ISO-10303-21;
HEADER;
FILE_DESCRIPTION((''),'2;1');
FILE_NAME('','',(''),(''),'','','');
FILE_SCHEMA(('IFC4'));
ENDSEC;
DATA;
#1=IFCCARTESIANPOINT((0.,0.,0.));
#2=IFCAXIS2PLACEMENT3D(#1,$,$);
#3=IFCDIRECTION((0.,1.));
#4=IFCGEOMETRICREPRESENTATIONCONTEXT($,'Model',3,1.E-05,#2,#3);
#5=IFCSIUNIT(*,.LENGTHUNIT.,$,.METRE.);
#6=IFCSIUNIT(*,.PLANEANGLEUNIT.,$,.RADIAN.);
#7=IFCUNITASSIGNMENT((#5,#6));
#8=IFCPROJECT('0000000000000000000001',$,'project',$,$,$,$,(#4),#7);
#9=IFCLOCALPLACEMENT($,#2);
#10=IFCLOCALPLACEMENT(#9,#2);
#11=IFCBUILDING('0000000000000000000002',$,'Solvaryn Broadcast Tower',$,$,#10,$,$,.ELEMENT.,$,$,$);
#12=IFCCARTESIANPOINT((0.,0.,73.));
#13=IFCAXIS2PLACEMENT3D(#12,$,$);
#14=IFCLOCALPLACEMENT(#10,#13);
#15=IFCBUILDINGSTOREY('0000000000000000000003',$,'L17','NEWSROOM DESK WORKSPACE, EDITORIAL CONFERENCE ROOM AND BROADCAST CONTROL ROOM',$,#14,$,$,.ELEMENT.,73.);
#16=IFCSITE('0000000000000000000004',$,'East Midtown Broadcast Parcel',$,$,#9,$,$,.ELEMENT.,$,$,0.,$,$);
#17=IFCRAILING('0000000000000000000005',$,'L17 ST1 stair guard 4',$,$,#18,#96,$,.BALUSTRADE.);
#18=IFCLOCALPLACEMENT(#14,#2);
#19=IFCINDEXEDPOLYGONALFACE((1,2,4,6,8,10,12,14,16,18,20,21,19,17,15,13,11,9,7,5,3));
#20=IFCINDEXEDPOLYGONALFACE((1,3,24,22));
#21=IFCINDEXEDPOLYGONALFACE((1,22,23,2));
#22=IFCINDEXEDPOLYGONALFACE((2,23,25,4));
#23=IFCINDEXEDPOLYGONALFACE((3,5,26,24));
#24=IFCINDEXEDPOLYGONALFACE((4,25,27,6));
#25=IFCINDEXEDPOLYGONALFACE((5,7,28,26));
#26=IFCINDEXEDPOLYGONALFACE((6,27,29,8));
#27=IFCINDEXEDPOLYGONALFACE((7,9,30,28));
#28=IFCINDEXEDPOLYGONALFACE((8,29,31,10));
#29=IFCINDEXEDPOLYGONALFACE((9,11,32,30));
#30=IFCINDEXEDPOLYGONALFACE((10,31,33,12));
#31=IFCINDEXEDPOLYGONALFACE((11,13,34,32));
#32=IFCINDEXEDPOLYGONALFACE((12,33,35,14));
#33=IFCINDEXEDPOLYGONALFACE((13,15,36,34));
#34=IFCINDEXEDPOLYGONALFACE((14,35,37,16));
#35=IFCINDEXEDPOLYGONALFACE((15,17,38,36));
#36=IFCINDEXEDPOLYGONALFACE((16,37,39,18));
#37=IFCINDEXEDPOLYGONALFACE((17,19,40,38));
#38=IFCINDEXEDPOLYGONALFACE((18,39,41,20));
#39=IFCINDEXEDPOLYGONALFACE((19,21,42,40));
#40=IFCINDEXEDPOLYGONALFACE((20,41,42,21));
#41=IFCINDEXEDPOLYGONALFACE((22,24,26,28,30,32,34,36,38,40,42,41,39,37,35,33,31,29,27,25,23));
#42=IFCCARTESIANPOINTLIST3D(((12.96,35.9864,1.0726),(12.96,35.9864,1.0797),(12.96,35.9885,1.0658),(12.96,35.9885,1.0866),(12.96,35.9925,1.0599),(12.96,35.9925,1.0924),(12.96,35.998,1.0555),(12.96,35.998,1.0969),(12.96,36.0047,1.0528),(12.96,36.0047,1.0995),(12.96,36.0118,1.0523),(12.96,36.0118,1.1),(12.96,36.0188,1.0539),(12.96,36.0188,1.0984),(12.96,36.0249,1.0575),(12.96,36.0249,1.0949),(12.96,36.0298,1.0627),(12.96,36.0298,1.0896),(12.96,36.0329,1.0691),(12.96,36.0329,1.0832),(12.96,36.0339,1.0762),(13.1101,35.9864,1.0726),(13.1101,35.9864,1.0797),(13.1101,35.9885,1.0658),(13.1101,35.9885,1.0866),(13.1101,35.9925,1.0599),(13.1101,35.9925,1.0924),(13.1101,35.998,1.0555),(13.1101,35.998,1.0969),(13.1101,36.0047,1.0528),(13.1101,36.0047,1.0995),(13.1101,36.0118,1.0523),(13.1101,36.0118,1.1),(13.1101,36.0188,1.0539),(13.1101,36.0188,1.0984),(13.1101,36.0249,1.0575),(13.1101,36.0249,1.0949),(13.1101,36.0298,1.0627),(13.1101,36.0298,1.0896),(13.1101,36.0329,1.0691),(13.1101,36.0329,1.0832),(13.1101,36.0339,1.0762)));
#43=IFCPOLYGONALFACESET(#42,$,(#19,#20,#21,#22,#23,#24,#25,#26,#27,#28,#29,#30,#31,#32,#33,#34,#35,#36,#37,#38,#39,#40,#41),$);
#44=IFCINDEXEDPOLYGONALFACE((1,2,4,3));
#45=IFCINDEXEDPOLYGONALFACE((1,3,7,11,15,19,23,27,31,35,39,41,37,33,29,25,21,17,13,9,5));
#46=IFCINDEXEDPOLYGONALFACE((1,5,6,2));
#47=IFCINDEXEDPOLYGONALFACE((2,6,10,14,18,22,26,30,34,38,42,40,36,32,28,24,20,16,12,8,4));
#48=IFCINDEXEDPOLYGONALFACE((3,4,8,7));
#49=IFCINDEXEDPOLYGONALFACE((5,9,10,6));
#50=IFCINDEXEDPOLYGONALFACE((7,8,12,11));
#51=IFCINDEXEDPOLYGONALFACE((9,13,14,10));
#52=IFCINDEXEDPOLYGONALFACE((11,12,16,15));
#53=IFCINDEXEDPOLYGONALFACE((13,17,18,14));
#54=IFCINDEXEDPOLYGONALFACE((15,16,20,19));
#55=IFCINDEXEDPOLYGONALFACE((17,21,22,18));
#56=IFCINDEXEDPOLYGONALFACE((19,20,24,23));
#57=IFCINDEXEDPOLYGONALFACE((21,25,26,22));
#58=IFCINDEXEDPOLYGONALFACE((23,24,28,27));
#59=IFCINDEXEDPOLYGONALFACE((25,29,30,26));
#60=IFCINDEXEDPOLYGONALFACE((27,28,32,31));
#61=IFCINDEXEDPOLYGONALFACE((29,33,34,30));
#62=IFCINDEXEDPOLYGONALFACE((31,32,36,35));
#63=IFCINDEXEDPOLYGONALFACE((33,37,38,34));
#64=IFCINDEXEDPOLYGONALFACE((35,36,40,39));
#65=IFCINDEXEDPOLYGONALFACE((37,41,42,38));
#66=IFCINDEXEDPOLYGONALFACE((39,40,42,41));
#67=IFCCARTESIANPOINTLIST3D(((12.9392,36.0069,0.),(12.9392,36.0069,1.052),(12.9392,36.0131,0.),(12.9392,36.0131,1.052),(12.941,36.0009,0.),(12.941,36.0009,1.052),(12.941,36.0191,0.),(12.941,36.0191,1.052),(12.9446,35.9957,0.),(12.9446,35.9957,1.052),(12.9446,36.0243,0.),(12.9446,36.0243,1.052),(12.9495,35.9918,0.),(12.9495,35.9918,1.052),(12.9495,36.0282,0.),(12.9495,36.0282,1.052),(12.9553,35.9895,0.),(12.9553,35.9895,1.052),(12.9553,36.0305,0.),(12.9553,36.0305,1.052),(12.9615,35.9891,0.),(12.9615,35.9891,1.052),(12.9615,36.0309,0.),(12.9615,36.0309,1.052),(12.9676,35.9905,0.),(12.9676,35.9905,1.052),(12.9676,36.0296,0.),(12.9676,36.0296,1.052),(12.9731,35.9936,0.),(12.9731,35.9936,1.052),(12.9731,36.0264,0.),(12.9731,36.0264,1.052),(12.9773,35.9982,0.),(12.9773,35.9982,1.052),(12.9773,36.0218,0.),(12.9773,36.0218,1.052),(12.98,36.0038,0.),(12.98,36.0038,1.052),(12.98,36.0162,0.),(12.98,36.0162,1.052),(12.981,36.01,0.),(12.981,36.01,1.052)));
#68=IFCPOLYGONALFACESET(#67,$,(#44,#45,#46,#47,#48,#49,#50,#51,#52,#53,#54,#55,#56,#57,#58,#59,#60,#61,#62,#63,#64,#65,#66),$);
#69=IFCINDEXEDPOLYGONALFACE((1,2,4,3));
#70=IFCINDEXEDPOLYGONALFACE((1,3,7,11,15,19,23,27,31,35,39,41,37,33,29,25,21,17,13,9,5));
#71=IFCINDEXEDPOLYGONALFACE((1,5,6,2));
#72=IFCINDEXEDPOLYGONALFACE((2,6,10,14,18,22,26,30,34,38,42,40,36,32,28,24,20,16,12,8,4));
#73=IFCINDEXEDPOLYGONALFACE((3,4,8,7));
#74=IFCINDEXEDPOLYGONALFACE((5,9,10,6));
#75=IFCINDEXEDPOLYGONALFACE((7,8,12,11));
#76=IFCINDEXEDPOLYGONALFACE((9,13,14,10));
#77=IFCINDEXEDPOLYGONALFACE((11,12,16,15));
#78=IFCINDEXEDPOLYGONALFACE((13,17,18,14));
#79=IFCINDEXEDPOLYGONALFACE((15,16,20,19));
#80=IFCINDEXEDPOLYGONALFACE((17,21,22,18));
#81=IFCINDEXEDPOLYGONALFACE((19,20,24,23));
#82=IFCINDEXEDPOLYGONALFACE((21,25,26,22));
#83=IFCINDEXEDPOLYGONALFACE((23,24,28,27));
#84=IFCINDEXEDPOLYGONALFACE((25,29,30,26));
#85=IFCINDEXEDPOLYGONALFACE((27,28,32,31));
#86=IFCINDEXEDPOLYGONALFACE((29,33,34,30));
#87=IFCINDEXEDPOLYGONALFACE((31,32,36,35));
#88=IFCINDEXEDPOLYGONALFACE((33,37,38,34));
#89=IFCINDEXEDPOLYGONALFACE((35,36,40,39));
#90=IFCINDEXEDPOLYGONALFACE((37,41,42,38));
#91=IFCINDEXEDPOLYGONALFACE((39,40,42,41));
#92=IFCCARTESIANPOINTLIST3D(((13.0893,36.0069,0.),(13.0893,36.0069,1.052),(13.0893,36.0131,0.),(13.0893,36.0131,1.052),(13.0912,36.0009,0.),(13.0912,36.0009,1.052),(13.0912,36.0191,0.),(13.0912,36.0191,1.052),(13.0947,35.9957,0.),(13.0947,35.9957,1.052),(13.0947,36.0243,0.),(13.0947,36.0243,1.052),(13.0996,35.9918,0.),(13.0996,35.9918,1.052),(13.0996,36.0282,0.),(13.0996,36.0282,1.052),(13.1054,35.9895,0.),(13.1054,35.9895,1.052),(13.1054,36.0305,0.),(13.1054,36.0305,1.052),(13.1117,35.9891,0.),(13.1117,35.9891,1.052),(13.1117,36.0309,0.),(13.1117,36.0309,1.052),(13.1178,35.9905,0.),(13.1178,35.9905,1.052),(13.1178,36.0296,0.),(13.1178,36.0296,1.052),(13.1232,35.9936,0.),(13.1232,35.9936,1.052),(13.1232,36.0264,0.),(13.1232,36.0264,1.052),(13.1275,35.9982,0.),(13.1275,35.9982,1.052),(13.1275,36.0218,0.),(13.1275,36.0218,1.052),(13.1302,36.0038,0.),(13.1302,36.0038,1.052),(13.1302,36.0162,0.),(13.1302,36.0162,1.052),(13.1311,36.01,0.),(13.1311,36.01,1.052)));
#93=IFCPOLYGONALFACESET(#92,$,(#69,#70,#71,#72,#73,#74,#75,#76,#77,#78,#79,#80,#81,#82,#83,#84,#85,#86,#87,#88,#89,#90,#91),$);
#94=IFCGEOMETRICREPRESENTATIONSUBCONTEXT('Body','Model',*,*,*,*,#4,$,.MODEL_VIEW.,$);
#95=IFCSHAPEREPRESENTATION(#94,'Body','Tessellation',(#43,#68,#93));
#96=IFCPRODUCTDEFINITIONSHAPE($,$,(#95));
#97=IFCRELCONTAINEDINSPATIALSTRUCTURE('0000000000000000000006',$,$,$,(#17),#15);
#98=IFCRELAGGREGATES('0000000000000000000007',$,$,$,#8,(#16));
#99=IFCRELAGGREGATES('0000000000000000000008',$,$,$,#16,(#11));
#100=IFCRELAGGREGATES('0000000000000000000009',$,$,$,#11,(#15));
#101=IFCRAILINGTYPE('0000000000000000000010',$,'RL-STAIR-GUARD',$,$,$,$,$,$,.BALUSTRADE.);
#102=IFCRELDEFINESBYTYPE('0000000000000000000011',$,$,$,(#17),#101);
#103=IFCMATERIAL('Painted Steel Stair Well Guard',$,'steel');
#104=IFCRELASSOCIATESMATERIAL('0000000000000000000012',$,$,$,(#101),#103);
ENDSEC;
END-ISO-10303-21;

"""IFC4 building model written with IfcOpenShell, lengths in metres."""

from ifc_helpers import new_model, si_unit, direction, frame, origin, origin_2d, place, context, subcontext, project, spatial, circle, extrude, material, type_object, element, save


model = new_model("IFC4")

# Units and contexts
model_context = context("Model", 3, precision=1e-05, world=origin(), true_north=direction((0.0, 1.0)))
body_context = subcontext(model_context, "Body", "Model", "MODEL_VIEW")
ifc_project = project(units=[si_unit("LENGTHUNIT", "METRE"), si_unit("PLANEANGLEUNIT", "RADIAN")], contexts=[model_context])

# Site, building, storey
site_placement = place(None, origin())
site = spatial("IfcSite", under=ifc_project, at=site_placement, Name="East Midtown Broadcast Parcel", CompositionType="ELEMENT", RefElevation=0.0)
building_placement = place(site_placement, origin())
building = spatial("IfcBuilding", under=site, at=building_placement, Name="Solvaryn Broadcast Tower", CompositionType="ELEMENT")
storey_placement = place(building_placement, frame((0.0, 0.0, 73.0)))
storey = spatial("IfcBuildingStorey", under=building, at=storey_placement, Name="L17", Description="NEWSROOM DESK WORKSPACE, EDITORIAL CONFERENCE ROOM AND BROADCAST CONTROL ROOM", CompositionType="ELEMENT", Elevation=73.0)

# Railing
ifc_material_1 = material(Name="Painted Steel Stair Well Guard", Category="steel")
railing_type_1 = type_object("IfcRailingType", Name="RL-STAIR-GUARD", PredefinedType="BALUSTRADE", material=ifc_material_1)
railing_1_placement = place(storey_placement, frame((12.96, 36.01, 0.0)))
element("IfcRailing", 1, at=railing_1_placement, inside=storey, type_object=railing_type_1, Name="L17 ST1 stair guard 4", PredefinedType="BALUSTRADE", context=body_context, shape_type="SweptSolid", body=[
    extrude(circle(Radius=0.0239, at=origin_2d()), frame((0.0, 0.0, 1.0762), z_axis=(1.0, 0.0, 0.0), x_axis=(0.0, 1.0, 0.0)), (0.0, 0.0, 1.0), 0.1501),
    extrude(circle(Radius=0.021, at=origin_2d()), origin(), (0.0, 0.0, 1.0), 1.052),
    extrude(circle(Radius=0.021, at=origin_2d()), frame((0.1501, 0.0, 0.0)), (0.0, 0.0, 1.0), 1.052),
])

save(model, "model.ifc")
